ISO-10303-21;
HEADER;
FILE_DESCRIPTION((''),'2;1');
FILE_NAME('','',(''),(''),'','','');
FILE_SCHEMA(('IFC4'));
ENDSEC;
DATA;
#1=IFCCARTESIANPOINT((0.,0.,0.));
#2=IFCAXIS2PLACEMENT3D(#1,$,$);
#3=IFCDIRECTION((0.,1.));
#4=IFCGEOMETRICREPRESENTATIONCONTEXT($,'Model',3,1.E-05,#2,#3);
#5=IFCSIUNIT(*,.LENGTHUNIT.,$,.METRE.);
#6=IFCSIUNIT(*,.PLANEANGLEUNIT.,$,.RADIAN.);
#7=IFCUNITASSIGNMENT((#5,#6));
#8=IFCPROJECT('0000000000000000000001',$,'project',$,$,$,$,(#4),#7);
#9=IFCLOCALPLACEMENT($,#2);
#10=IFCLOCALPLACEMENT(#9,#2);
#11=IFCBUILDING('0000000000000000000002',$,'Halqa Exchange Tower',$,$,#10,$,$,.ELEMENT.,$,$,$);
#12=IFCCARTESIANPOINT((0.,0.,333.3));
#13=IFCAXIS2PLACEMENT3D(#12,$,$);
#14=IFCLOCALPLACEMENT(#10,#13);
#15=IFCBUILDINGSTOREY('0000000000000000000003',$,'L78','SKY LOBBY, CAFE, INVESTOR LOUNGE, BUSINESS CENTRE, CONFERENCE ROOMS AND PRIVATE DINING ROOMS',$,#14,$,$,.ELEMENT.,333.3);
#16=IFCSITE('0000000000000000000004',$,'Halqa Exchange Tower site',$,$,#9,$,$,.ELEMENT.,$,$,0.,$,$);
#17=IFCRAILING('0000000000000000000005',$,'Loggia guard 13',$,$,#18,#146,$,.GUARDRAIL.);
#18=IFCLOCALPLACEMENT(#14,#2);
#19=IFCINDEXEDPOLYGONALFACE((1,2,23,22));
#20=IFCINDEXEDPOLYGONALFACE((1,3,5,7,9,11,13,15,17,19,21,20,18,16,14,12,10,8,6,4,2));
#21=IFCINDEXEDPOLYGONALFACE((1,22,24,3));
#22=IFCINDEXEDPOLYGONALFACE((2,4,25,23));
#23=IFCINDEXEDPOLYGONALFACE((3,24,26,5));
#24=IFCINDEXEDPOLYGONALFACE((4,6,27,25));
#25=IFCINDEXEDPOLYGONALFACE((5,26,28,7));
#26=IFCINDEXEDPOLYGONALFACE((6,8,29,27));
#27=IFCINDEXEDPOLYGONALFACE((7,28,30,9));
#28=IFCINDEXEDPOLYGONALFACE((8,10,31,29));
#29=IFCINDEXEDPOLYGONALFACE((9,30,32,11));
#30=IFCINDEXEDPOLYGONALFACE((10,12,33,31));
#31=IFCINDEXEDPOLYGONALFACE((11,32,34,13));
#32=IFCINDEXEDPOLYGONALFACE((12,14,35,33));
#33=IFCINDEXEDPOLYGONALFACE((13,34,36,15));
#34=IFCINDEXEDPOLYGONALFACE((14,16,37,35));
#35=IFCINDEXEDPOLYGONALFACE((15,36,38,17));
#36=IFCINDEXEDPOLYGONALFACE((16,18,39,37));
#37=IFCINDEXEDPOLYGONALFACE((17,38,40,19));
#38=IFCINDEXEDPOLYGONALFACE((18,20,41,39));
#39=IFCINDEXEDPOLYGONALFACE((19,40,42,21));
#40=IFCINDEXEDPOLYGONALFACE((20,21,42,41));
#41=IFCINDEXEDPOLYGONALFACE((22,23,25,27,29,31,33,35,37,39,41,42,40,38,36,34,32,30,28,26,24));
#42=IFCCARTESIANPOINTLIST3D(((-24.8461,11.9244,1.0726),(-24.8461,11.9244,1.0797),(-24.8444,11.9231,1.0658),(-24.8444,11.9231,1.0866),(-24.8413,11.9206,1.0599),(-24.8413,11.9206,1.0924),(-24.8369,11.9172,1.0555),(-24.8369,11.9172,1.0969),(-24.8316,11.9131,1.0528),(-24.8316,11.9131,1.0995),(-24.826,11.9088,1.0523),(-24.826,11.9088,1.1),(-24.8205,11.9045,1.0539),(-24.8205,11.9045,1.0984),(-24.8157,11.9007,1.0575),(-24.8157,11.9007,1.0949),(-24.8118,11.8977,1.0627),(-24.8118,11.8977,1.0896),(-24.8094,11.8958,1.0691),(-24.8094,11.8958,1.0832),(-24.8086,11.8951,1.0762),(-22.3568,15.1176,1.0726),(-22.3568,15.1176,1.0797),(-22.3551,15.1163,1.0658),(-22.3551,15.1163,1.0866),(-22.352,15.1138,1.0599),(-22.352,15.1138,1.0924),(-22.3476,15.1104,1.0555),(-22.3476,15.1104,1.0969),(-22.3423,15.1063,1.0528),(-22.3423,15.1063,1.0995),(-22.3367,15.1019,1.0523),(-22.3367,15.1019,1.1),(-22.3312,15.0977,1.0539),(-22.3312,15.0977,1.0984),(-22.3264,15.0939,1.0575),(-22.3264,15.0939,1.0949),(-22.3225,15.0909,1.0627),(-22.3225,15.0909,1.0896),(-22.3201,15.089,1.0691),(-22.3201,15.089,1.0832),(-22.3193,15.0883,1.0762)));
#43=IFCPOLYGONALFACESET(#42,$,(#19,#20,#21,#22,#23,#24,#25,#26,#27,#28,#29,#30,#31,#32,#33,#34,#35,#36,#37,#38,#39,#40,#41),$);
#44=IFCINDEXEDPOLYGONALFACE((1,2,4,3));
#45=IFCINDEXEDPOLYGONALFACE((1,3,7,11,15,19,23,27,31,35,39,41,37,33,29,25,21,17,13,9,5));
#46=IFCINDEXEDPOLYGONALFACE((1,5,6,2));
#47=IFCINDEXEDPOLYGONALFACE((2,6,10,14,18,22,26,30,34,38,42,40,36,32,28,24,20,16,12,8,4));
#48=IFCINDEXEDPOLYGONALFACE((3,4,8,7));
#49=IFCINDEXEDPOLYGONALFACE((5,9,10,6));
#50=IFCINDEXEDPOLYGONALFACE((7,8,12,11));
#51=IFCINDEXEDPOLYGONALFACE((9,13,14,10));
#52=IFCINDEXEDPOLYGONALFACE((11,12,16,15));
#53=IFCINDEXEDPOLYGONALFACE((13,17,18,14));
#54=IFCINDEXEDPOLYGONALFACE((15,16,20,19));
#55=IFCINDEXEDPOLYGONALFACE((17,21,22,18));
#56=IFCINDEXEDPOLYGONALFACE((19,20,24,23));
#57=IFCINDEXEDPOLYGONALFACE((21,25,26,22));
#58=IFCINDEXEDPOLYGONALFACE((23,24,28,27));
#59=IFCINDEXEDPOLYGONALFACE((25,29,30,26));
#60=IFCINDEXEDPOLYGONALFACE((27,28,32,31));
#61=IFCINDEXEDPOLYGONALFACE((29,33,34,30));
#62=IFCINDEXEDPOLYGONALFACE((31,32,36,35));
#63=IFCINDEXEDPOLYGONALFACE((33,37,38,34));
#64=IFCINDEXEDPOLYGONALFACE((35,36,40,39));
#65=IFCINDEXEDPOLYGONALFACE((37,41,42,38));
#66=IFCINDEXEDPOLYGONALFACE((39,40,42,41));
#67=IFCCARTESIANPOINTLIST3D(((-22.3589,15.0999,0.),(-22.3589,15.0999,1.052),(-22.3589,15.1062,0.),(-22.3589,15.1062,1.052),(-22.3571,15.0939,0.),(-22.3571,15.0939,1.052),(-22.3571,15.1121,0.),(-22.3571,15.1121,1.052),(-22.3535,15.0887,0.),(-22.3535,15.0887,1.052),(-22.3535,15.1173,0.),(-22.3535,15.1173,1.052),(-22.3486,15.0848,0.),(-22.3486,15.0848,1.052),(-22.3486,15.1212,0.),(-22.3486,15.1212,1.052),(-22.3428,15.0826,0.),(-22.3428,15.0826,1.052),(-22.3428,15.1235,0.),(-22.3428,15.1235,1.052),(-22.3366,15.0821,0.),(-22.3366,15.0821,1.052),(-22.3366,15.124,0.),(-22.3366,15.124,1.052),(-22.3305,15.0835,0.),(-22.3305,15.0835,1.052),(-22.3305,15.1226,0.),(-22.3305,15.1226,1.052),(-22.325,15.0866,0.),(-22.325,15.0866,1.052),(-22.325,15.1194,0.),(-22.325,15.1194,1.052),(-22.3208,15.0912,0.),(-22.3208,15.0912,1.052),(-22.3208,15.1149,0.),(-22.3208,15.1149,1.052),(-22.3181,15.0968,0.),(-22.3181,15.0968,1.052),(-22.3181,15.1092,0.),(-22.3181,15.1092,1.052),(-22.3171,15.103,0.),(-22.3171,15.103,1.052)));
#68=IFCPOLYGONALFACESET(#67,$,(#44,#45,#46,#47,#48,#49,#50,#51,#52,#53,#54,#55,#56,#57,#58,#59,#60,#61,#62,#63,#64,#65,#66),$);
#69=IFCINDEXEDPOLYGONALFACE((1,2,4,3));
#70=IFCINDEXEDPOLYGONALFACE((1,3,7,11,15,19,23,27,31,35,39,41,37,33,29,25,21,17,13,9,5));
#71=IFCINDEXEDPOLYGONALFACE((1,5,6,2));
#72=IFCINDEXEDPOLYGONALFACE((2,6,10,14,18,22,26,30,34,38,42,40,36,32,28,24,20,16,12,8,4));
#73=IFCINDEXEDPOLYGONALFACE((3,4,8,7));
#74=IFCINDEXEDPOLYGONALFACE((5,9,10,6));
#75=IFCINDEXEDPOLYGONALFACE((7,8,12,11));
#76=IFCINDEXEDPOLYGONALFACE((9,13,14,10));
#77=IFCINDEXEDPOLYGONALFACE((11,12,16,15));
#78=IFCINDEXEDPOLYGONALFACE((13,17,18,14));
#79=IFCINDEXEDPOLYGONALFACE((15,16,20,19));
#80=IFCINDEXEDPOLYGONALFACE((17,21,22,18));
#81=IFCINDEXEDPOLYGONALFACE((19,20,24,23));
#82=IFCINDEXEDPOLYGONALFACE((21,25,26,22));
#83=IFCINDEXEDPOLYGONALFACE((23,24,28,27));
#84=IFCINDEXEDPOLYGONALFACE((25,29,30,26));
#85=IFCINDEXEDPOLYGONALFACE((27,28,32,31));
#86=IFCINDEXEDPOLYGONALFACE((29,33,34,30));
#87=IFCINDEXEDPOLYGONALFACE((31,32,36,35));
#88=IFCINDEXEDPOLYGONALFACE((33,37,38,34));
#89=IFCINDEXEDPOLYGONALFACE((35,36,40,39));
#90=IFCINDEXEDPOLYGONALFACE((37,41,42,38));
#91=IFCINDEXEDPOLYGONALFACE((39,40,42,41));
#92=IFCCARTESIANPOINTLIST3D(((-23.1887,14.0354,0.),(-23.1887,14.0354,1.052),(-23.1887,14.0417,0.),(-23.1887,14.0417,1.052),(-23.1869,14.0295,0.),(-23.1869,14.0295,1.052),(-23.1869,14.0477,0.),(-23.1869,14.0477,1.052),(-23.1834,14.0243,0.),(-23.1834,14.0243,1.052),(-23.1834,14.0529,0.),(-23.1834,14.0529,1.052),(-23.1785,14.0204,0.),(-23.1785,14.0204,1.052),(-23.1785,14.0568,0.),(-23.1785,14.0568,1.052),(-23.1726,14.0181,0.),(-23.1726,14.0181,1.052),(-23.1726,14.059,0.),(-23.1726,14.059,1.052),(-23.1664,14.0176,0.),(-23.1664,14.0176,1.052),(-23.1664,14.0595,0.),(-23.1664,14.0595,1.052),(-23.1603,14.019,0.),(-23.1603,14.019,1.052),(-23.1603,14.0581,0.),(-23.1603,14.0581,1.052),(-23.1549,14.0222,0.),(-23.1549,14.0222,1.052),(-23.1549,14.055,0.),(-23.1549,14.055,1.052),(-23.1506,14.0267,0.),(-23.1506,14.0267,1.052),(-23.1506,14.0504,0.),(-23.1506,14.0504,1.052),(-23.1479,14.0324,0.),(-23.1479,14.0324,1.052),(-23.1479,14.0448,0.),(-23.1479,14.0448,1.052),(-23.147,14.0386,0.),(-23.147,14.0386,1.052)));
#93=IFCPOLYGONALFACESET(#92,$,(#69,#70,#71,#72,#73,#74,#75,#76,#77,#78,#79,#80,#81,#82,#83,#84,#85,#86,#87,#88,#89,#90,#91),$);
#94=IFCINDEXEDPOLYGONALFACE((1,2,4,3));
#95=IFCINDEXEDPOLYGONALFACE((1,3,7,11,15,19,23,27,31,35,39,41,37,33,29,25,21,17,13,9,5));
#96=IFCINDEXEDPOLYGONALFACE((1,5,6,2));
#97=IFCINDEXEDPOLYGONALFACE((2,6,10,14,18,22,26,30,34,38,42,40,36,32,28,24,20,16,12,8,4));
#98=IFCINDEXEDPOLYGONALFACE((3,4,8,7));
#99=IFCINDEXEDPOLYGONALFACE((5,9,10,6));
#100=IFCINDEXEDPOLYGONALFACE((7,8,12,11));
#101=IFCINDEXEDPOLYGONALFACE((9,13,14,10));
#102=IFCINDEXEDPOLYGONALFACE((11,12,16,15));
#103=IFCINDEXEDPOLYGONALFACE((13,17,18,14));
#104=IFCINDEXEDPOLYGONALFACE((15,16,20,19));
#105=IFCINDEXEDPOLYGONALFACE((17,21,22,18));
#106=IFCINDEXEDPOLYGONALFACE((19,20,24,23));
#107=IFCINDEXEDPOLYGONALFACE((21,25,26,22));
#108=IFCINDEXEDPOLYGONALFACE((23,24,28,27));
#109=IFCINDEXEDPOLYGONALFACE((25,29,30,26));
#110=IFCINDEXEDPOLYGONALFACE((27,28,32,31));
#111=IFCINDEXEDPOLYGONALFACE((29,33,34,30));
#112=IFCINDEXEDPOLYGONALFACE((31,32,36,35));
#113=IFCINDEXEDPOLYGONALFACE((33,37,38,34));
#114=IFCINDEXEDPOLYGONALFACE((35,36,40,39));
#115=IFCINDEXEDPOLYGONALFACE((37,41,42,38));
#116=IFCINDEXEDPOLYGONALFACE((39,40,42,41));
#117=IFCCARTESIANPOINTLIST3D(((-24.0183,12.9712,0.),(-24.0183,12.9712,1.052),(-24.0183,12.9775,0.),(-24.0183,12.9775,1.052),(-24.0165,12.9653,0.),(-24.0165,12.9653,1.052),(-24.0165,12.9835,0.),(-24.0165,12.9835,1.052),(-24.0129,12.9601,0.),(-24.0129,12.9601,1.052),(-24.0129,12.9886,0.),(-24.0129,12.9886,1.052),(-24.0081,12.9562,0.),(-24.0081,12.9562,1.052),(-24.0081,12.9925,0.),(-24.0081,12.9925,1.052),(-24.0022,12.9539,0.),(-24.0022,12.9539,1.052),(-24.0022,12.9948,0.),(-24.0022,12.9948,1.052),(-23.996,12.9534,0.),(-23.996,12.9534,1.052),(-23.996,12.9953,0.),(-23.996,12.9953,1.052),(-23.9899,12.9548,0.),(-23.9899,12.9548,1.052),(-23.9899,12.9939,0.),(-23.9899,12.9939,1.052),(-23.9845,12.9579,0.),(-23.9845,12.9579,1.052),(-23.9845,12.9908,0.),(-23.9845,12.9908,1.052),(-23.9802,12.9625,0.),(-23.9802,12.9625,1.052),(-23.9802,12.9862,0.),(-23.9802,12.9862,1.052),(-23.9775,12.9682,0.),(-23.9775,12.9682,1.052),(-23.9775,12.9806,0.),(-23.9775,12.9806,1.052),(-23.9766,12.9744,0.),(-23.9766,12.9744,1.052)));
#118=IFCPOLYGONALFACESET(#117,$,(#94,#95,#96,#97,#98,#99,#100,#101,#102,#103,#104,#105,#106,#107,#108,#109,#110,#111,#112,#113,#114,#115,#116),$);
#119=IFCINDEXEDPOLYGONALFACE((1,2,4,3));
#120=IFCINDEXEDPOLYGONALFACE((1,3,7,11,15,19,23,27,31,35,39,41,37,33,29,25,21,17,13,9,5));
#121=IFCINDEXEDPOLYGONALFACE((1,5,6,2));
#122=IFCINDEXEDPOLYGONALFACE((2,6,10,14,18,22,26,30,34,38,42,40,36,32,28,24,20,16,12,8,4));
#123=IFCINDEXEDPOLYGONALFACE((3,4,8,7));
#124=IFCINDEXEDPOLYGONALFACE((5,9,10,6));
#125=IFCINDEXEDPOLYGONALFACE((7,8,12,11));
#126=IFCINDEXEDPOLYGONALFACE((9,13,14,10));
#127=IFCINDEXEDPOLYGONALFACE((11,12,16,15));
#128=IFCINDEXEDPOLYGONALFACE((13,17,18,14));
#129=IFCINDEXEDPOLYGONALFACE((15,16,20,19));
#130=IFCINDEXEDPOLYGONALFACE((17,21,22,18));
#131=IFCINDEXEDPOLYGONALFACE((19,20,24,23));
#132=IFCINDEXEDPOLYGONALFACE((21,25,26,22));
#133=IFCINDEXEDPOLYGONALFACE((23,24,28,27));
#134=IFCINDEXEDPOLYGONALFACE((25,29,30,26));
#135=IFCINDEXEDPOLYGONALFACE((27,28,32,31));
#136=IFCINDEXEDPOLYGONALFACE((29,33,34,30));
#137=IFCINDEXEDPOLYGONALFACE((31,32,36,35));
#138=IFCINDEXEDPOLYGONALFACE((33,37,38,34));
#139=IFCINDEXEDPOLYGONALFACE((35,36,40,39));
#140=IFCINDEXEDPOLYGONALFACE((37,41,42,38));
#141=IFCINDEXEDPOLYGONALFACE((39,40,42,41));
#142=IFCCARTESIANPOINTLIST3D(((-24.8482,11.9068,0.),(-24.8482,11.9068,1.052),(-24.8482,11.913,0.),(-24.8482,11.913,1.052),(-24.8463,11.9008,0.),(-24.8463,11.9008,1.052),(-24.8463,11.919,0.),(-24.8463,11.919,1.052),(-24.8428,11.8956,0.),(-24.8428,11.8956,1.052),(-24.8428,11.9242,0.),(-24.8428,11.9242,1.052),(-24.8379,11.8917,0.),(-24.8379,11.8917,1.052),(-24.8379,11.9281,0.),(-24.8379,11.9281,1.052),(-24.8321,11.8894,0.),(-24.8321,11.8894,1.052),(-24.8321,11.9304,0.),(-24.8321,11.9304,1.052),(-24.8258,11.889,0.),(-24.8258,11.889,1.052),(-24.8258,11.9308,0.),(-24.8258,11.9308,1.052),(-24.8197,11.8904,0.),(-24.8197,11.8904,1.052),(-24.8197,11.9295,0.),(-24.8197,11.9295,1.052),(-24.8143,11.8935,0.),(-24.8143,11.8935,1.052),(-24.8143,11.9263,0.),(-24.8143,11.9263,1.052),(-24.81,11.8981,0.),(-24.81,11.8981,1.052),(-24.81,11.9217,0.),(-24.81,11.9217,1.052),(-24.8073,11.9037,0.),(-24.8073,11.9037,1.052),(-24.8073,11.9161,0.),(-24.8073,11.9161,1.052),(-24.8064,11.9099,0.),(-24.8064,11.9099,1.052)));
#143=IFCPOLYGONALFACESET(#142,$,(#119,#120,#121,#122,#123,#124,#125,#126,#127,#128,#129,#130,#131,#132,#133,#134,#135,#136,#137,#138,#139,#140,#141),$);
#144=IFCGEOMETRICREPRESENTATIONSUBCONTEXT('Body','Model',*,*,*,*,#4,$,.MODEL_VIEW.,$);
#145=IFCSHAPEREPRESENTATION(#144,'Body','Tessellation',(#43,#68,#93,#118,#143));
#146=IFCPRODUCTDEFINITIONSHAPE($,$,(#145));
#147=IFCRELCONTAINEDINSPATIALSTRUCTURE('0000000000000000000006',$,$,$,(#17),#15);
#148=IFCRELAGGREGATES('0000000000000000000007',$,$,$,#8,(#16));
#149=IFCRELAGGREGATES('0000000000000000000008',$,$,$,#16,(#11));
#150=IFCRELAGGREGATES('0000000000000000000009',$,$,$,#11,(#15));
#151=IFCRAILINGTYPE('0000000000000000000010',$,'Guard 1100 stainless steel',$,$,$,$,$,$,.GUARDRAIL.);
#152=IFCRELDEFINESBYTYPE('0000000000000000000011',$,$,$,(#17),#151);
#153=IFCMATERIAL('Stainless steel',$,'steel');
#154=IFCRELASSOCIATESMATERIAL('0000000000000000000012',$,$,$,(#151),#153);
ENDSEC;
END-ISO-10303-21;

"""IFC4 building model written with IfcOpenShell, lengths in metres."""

from ifc_helpers import new_model, si_unit, direction, frame, origin, origin_2d, place, context, subcontext, project, spatial, circle, extrude, material, type_object, element, save


model = new_model("IFC4")

# Units and contexts
model_context = context("Model", 3, precision=1e-05, world=origin(), true_north=direction((0.0, 1.0)))
body_context = subcontext(model_context, "Body", "Model", "MODEL_VIEW")
ifc_project = project(units=[si_unit("LENGTHUNIT", "METRE"), si_unit("PLANEANGLEUNIT", "RADIAN")], contexts=[model_context])

# Site, building, storey
site_placement = place(None, origin())
site = spatial("IfcSite", under=ifc_project, at=site_placement, Name="Halqa Exchange Tower site", CompositionType="ELEMENT", RefElevation=0.0)
building_placement = place(site_placement, origin())
building = spatial("IfcBuilding", under=site, at=building_placement, Name="Halqa Exchange Tower", CompositionType="ELEMENT")
storey_placement = place(building_placement, frame((0.0, 0.0, 333.3)))
storey = spatial("IfcBuildingStorey", under=building, at=storey_placement, Name="L78", Description="SKY LOBBY, CAFE, INVESTOR LOUNGE, BUSINESS CENTRE, CONFERENCE ROOMS AND PRIVATE DINING ROOMS", CompositionType="ELEMENT", Elevation=333.3)

# Railing
ifc_material_1 = material(Name="Stainless steel", Category="steel")
railing_type = type_object("IfcRailingType", Name="Guard 1100 stainless steel", PredefinedType="GUARDRAIL", material=ifc_material_1)
railing_1_placement = place(storey_placement, frame((-22.3381, 15.103, 0.0)))
element("IfcRailing", 1, at=railing_1_placement, inside=storey, type_object=railing_type, Name="Loggia guard 13", PredefinedType="GUARDRAIL", context=body_context, shape_type="SweptSolid", body=[
    extrude(circle(Radius=0.0239, at=origin_2d()), frame((0.0, 0.0, 1.0762), z_axis=(-0.614821, -0.788667, 0.0), x_axis=(0.788667, -0.614821, 0.0)), (0.0, 0.0, 1.0), 4.0488),
    extrude(circle(Radius=0.021, at=origin_2d()), origin(), (0.0, 0.0, 1.0), 1.052),
    extrude(circle(Radius=0.021, at=origin_2d()), frame((-0.8298, -1.0645, 0.0)), (0.0, 0.0, 1.0), 1.052),
    extrude(circle(Radius=0.021, at=origin_2d()), frame((-1.6594, -2.1287, 0.0)), (0.0, 0.0, 1.0), 1.052),
    extrude(circle(Radius=0.021, at=origin_2d()), frame((-2.4893, -3.1931, 0.0)), (0.0, 0.0, 1.0), 1.052),
])

save(model, "model.ifc")
